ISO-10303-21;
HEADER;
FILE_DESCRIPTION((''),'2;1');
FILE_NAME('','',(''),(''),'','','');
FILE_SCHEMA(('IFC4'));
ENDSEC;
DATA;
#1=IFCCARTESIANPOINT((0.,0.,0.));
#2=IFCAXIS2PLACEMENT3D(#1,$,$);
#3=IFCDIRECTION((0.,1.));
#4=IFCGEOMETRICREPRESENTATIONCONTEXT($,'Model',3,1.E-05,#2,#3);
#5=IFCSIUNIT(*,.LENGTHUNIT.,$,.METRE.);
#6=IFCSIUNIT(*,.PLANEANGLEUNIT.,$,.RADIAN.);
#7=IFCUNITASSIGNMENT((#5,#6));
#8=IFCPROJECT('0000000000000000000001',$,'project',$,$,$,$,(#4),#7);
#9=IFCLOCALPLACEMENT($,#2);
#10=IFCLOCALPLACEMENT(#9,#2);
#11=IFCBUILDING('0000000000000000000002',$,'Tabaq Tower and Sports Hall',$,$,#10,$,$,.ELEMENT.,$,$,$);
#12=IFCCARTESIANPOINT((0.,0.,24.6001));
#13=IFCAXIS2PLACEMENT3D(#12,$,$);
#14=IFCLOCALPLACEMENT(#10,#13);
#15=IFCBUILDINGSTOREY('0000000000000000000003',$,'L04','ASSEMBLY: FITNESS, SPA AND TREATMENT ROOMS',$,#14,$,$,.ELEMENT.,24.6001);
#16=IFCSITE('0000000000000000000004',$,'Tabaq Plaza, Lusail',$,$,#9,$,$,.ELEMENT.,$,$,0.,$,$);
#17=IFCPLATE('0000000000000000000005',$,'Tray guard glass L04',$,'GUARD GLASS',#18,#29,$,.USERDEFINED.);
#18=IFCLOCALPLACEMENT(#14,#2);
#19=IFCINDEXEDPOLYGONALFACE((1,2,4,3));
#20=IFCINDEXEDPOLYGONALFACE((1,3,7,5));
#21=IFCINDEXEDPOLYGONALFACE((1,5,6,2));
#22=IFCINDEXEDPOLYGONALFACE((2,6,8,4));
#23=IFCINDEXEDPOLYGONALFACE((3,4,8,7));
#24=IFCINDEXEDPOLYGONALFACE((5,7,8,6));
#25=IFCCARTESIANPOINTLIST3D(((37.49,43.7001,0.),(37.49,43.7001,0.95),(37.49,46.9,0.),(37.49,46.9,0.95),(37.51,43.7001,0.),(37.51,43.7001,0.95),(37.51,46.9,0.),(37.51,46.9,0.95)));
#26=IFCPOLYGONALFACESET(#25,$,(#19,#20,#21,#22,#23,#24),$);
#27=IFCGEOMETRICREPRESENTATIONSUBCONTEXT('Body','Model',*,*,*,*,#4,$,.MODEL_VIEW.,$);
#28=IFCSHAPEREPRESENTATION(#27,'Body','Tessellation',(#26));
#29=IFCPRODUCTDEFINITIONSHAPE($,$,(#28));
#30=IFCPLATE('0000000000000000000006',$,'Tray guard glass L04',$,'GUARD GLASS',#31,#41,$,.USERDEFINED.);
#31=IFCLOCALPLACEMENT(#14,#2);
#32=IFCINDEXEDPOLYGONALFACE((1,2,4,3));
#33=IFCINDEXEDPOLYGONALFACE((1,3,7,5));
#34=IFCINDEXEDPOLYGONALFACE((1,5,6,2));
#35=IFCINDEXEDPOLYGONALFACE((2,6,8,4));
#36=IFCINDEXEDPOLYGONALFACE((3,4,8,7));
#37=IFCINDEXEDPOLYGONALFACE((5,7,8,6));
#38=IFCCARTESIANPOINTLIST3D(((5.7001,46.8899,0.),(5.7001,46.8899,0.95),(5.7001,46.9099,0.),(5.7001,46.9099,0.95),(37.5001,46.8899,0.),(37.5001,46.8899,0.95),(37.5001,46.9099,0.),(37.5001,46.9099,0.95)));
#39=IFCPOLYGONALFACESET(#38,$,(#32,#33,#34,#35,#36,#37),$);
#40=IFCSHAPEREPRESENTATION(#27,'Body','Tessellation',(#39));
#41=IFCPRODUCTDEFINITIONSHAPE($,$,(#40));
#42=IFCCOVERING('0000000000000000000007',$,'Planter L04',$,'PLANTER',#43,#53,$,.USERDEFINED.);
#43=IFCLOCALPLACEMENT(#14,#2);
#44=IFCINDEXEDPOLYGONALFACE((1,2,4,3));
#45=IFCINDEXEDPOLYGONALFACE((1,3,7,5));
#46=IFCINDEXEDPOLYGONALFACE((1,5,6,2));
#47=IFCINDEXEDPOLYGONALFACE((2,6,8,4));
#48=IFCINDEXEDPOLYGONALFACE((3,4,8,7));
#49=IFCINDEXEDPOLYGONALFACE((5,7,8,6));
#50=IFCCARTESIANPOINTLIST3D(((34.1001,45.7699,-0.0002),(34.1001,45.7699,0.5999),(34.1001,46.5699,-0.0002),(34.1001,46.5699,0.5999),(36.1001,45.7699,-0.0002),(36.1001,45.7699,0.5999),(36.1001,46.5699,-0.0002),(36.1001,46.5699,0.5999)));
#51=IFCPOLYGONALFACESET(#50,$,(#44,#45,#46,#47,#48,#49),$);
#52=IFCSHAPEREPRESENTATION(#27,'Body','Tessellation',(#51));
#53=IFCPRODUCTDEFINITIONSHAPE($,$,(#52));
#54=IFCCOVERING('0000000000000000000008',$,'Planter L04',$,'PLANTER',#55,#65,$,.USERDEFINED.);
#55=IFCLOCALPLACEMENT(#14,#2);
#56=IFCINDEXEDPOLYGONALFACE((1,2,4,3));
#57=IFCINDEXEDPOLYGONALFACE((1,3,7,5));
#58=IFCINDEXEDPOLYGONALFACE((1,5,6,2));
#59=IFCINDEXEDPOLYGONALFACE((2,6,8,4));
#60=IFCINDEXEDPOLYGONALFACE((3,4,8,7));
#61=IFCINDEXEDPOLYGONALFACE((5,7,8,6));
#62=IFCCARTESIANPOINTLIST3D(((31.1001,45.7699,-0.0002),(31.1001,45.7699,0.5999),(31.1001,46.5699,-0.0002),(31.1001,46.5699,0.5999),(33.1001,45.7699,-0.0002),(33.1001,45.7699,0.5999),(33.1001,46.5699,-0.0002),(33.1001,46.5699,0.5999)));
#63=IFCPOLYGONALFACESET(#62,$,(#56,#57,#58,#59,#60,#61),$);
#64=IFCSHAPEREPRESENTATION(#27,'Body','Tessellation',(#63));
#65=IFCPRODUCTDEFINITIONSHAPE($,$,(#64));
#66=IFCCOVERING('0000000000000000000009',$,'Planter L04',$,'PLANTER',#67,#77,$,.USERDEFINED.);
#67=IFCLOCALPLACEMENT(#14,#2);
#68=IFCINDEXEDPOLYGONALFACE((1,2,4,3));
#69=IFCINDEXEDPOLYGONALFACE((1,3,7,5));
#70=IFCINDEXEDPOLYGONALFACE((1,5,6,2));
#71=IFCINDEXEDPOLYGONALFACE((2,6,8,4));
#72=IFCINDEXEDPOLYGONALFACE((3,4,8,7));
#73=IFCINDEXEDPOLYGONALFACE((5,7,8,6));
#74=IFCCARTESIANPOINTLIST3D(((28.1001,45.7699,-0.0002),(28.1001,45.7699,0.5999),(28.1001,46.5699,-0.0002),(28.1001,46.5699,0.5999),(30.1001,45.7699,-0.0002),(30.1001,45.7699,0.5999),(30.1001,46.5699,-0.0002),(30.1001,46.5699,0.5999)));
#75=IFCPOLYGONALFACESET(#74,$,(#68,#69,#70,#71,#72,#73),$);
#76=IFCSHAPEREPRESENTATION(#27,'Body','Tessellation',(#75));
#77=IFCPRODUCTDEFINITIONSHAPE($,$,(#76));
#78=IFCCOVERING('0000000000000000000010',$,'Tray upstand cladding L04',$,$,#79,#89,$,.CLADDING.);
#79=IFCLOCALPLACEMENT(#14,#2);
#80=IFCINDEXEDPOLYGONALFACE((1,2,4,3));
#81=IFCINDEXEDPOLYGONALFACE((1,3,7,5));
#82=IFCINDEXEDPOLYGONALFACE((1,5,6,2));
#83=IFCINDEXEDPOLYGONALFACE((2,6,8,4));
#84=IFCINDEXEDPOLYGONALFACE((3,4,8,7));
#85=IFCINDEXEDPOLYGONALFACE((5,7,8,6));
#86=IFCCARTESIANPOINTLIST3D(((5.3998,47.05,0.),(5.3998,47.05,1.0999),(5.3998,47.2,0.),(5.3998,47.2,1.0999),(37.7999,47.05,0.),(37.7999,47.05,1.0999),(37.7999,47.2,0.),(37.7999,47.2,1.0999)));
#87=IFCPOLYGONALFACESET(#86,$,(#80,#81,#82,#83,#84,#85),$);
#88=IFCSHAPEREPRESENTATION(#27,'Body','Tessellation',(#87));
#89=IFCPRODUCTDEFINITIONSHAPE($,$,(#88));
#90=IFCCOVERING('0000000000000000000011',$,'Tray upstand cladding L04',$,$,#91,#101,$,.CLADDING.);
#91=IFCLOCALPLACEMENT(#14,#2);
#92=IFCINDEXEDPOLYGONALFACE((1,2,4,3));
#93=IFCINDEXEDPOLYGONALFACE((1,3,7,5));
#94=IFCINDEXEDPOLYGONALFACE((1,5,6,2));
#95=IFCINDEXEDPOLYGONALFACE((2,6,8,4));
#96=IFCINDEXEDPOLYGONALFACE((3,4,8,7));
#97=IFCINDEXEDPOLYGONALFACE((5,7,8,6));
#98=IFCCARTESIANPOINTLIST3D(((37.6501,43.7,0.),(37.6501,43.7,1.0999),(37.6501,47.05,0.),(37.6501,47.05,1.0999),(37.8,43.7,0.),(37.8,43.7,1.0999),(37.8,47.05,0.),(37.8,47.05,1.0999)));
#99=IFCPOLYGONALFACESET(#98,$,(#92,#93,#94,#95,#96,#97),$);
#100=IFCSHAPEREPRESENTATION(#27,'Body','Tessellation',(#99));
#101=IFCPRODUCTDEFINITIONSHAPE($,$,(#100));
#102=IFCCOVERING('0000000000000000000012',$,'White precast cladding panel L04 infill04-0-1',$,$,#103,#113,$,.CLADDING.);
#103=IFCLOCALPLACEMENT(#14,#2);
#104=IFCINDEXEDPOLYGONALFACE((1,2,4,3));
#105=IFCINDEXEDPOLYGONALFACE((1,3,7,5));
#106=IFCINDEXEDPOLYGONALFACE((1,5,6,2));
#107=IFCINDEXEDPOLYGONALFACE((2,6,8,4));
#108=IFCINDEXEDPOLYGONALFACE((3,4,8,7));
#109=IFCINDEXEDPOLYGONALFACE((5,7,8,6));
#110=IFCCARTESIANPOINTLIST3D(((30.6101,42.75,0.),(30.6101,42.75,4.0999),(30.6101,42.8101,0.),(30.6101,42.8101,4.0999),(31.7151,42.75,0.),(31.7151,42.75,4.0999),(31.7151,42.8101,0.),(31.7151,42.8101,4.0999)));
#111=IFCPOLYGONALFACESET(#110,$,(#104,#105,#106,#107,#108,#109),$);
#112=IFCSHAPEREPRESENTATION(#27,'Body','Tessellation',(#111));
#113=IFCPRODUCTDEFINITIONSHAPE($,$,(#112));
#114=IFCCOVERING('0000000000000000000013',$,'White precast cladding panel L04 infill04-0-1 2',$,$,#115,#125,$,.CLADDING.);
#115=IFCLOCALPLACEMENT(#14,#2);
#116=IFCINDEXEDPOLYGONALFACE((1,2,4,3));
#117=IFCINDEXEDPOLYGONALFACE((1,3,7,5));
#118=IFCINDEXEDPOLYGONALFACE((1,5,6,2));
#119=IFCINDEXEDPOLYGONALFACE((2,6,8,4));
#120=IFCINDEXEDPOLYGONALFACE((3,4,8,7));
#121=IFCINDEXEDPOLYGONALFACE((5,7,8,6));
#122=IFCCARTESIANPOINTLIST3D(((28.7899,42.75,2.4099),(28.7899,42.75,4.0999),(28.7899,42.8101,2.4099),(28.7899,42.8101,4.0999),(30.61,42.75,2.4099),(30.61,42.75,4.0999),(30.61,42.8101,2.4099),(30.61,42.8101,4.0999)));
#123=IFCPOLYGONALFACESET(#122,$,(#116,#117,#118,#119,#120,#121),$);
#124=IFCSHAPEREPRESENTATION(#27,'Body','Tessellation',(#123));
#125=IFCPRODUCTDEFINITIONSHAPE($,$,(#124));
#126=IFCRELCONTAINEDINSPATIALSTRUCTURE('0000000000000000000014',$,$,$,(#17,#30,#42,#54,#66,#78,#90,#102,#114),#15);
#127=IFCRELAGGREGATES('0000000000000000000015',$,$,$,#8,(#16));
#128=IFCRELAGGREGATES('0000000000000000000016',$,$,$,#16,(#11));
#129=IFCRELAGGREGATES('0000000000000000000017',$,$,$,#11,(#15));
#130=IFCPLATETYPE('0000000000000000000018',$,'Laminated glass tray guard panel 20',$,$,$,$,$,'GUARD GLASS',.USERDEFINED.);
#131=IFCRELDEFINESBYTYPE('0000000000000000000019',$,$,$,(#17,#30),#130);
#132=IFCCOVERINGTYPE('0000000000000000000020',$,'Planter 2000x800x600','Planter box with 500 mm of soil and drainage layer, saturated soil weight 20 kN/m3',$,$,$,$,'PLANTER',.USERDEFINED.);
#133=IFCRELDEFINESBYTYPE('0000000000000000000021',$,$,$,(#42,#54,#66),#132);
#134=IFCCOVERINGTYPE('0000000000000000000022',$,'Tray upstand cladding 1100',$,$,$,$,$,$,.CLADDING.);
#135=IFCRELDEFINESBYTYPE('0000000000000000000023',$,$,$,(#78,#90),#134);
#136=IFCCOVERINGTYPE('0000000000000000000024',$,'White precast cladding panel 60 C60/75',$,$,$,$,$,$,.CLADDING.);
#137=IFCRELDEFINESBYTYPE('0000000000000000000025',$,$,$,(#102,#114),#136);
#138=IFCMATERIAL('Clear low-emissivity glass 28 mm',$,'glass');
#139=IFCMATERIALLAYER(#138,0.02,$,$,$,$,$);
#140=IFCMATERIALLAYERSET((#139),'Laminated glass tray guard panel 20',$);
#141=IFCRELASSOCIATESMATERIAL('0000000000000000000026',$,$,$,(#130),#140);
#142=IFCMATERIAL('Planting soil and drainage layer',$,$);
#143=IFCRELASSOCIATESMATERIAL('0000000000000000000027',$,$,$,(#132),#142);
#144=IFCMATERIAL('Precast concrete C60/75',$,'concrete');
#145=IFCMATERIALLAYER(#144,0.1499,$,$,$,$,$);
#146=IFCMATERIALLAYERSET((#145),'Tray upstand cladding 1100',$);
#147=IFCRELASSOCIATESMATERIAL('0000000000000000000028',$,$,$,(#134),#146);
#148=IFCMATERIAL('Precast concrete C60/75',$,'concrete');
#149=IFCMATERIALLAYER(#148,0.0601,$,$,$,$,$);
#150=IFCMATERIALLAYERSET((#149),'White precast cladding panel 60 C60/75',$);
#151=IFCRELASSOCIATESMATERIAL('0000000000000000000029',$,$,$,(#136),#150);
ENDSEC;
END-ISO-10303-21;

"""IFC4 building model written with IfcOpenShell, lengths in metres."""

from ifc_helpers import new_model, si_unit, direction, frame, frame_2d, origin, origin_2d, place, context, subcontext, project, spatial, rectangle, extrude, material, layer, layer_set, type_object, element, save


model = new_model("IFC4")

# Units and contexts
model_context = context("Model", 3, precision=1e-05, world=origin(), true_north=direction((0.0, 1.0)))
body_context = subcontext(model_context, "Body", "Model", "MODEL_VIEW")
ifc_project = project(units=[si_unit("LENGTHUNIT", "METRE"), si_unit("PLANEANGLEUNIT", "RADIAN")], contexts=[model_context])

# Site, building, storey
site_placement = place(None, origin())
site = spatial("IfcSite", under=ifc_project, at=site_placement, Name="Tabaq Plaza, Lusail", CompositionType="ELEMENT", RefElevation=0.0)
building_placement = place(site_placement, origin())
building = spatial("IfcBuilding", under=site, at=building_placement, Name="Tabaq Tower and Sports Hall", CompositionType="ELEMENT")
storey_placement = place(building_placement, frame((0.0, 0.0, 24.6001)))
storey = spatial("IfcBuildingStorey", under=building, at=storey_placement, Name="L04", Description="ASSEMBLY: FITNESS, SPA AND TREATMENT ROOMS", CompositionType="ELEMENT", Elevation=24.6001)

# Plates
ifc_material_1 = material(Name="Clear low-emissivity glass 28 mm", Category="glass")
ifc_layer_1 = layer(ifc_material_1, 0.02)
ifc_layer_set_1 = layer_set([ifc_layer_1], Name="Laminated glass tray guard panel 20")
plate_type_1 = type_object("IfcPlateType", Name="Laminated glass tray guard panel 20", ElementType="GUARD GLASS", PredefinedType="USERDEFINED", material=ifc_layer_set_1)
plate_1_placement = place(storey_placement, frame((37.5, 43.7, 0.0), z_axis=(0.0, 0.0, 1.0), x_axis=(0.0, 1.0, 0.0)))
element("IfcPlate", 1, at=plate_1_placement, inside=storey, type_object=plate_type_1, Name="Tray guard glass L04", ObjectType="GUARD GLASS", PredefinedType="USERDEFINED", context=body_context, shape_type="SweptSolid", body=[
    extrude(rectangle(XDim=3.2, YDim=0.02, at=frame_2d((1.6001, 0.0))), origin(), (0.0, 0.0, 1.0), 0.95),
])
plate_2_placement = place(storey_placement, frame((37.5, 46.8999, 0.0), z_axis=(0.0, 0.0, 1.0), x_axis=(-1.0, 0.0, 0.0)))
element("IfcPlate", 2, at=plate_2_placement, inside=storey, type_object=plate_type_1, Name="Tray guard glass L04", ObjectType="GUARD GLASS", PredefinedType="USERDEFINED", context=body_context, shape_type="SweptSolid", body=[
    extrude(rectangle(XDim=31.8, YDim=0.02, at=frame_2d((15.8999, 0.0))), origin(), (0.0, 0.0, 1.0), 0.95),
])

# Coverings
ifc_material_2 = material(Name="Planting soil and drainage layer")
covering_type_1 = type_object("IfcCoveringType", Name="Planter 2000x800x600", Description="Planter box with 500 mm of soil and drainage layer, saturated soil weight 20 kN/m3", ElementType="PLANTER", PredefinedType="USERDEFINED", material=ifc_material_2)
for number, where, z_axis, x_axis, name in (
    (3, (35.1001, 46.1699, -0.0002), (0.0, 0.0, 1.0), (-1.0, 0.0, 0.0), "Planter L04"),
    (4, (32.1001, 46.1699, -0.0002), (0.0, 0.0, 1.0), (-1.0, 0.0, 0.0), "Planter L04"),
    (5, (29.1001, 46.1699, -0.0002), (0.0, 0.0, 1.0), (-1.0, 0.0, 0.0), "Planter L04"),
):
    element("IfcCovering", number, at=place(storey_placement, frame(where, z_axis=z_axis, x_axis=x_axis)), inside=storey, type_object=covering_type_1, Name=name, ObjectType="PLANTER", PredefinedType="USERDEFINED", context=body_context, shape_type="SweptSolid", body=[
        extrude(rectangle(XDim=2.0, YDim=0.8, at=origin_2d()), origin(), (0.0, 0.0, 1.0), 0.6001),
    ])
ifc_material_3 = material(Name="Precast concrete C60/75", Category="concrete")
ifc_layer_2 = layer(ifc_material_3, 0.1499)
ifc_layer_set_2 = layer_set([ifc_layer_2], Name="Tray upstand cladding 1100")
covering_type_2 = type_object("IfcCoveringType", Name="Tray upstand cladding 1100", PredefinedType="CLADDING", material=ifc_layer_set_2)
covering_1_placement = place(storey_placement, frame((37.8, 47.125, 0.0), z_axis=(0.0, 0.0, 1.0), x_axis=(-1.0, 0.0, 0.0)))
element("IfcCovering", 6, at=covering_1_placement, inside=storey, type_object=covering_type_2, Name="Tray upstand cladding L04", PredefinedType="CLADDING", context=body_context, shape_type="SweptSolid", body=[
    extrude(rectangle(XDim=32.4001, YDim=0.1499, at=frame_2d((16.2002, 0.0))), origin(), (0.0, 0.0, 1.0), 1.0999),
])
covering_2_placement = place(storey_placement, frame((37.7251, 43.7, 0.0), z_axis=(0.0, 0.0, 1.0), x_axis=(0.0, 1.0, 0.0)))
element("IfcCovering", 7, at=covering_2_placement, inside=storey, type_object=covering_type_2, Name="Tray upstand cladding L04", PredefinedType="CLADDING", context=body_context, shape_type="SweptSolid", body=[
    extrude(rectangle(XDim=3.3501, YDim=0.1499, at=frame_2d((1.675, 0.0))), origin(), (0.0, 0.0, 1.0), 1.0999),
])
ifc_material_4 = material(Name="Precast concrete C60/75", Category="concrete")
ifc_layer_3 = layer(ifc_material_4, 0.0601)
ifc_layer_set_3 = layer_set([ifc_layer_3], Name="White precast cladding panel 60 C60/75")
covering_type_3 = type_object("IfcCoveringType", Name="White precast cladding panel 60 C60/75", PredefinedType="CLADDING", material=ifc_layer_set_3)
covering_3_placement = place(storey_placement, frame((31.7151, 42.78, 0.0), z_axis=(0.0, 0.0, 1.0), x_axis=(-1.0, 0.0, 0.0)))
element("IfcCovering", 8, at=covering_3_placement, inside=storey, type_object=covering_type_3, Name="White precast cladding panel L04 infill04-0-1", PredefinedType="CLADDING", context=body_context, shape_type="SweptSolid", body=[
    extrude(rectangle(XDim=1.105, YDim=0.0601, at=frame_2d((0.5525, 0.0))), origin(), (0.0, 0.0, 1.0), 4.0999),
])
covering_4_placement = place(storey_placement, frame((30.6101, 42.78, 2.4099), z_axis=(0.0, 0.0, 1.0), x_axis=(-1.0, 0.0, 0.0)))
element("IfcCovering", 9, at=covering_4_placement, inside=storey, type_object=covering_type_3, Name="White precast cladding panel L04 infill04-0-1 2", PredefinedType="CLADDING", context=body_context, shape_type="SweptSolid", body=[
    extrude(rectangle(XDim=1.8201, YDim=0.0601, at=frame_2d((0.9102, 0.0))), origin(), (0.0, 0.0, 1.0), 1.6899),
])

save(model, "model.ifc")
